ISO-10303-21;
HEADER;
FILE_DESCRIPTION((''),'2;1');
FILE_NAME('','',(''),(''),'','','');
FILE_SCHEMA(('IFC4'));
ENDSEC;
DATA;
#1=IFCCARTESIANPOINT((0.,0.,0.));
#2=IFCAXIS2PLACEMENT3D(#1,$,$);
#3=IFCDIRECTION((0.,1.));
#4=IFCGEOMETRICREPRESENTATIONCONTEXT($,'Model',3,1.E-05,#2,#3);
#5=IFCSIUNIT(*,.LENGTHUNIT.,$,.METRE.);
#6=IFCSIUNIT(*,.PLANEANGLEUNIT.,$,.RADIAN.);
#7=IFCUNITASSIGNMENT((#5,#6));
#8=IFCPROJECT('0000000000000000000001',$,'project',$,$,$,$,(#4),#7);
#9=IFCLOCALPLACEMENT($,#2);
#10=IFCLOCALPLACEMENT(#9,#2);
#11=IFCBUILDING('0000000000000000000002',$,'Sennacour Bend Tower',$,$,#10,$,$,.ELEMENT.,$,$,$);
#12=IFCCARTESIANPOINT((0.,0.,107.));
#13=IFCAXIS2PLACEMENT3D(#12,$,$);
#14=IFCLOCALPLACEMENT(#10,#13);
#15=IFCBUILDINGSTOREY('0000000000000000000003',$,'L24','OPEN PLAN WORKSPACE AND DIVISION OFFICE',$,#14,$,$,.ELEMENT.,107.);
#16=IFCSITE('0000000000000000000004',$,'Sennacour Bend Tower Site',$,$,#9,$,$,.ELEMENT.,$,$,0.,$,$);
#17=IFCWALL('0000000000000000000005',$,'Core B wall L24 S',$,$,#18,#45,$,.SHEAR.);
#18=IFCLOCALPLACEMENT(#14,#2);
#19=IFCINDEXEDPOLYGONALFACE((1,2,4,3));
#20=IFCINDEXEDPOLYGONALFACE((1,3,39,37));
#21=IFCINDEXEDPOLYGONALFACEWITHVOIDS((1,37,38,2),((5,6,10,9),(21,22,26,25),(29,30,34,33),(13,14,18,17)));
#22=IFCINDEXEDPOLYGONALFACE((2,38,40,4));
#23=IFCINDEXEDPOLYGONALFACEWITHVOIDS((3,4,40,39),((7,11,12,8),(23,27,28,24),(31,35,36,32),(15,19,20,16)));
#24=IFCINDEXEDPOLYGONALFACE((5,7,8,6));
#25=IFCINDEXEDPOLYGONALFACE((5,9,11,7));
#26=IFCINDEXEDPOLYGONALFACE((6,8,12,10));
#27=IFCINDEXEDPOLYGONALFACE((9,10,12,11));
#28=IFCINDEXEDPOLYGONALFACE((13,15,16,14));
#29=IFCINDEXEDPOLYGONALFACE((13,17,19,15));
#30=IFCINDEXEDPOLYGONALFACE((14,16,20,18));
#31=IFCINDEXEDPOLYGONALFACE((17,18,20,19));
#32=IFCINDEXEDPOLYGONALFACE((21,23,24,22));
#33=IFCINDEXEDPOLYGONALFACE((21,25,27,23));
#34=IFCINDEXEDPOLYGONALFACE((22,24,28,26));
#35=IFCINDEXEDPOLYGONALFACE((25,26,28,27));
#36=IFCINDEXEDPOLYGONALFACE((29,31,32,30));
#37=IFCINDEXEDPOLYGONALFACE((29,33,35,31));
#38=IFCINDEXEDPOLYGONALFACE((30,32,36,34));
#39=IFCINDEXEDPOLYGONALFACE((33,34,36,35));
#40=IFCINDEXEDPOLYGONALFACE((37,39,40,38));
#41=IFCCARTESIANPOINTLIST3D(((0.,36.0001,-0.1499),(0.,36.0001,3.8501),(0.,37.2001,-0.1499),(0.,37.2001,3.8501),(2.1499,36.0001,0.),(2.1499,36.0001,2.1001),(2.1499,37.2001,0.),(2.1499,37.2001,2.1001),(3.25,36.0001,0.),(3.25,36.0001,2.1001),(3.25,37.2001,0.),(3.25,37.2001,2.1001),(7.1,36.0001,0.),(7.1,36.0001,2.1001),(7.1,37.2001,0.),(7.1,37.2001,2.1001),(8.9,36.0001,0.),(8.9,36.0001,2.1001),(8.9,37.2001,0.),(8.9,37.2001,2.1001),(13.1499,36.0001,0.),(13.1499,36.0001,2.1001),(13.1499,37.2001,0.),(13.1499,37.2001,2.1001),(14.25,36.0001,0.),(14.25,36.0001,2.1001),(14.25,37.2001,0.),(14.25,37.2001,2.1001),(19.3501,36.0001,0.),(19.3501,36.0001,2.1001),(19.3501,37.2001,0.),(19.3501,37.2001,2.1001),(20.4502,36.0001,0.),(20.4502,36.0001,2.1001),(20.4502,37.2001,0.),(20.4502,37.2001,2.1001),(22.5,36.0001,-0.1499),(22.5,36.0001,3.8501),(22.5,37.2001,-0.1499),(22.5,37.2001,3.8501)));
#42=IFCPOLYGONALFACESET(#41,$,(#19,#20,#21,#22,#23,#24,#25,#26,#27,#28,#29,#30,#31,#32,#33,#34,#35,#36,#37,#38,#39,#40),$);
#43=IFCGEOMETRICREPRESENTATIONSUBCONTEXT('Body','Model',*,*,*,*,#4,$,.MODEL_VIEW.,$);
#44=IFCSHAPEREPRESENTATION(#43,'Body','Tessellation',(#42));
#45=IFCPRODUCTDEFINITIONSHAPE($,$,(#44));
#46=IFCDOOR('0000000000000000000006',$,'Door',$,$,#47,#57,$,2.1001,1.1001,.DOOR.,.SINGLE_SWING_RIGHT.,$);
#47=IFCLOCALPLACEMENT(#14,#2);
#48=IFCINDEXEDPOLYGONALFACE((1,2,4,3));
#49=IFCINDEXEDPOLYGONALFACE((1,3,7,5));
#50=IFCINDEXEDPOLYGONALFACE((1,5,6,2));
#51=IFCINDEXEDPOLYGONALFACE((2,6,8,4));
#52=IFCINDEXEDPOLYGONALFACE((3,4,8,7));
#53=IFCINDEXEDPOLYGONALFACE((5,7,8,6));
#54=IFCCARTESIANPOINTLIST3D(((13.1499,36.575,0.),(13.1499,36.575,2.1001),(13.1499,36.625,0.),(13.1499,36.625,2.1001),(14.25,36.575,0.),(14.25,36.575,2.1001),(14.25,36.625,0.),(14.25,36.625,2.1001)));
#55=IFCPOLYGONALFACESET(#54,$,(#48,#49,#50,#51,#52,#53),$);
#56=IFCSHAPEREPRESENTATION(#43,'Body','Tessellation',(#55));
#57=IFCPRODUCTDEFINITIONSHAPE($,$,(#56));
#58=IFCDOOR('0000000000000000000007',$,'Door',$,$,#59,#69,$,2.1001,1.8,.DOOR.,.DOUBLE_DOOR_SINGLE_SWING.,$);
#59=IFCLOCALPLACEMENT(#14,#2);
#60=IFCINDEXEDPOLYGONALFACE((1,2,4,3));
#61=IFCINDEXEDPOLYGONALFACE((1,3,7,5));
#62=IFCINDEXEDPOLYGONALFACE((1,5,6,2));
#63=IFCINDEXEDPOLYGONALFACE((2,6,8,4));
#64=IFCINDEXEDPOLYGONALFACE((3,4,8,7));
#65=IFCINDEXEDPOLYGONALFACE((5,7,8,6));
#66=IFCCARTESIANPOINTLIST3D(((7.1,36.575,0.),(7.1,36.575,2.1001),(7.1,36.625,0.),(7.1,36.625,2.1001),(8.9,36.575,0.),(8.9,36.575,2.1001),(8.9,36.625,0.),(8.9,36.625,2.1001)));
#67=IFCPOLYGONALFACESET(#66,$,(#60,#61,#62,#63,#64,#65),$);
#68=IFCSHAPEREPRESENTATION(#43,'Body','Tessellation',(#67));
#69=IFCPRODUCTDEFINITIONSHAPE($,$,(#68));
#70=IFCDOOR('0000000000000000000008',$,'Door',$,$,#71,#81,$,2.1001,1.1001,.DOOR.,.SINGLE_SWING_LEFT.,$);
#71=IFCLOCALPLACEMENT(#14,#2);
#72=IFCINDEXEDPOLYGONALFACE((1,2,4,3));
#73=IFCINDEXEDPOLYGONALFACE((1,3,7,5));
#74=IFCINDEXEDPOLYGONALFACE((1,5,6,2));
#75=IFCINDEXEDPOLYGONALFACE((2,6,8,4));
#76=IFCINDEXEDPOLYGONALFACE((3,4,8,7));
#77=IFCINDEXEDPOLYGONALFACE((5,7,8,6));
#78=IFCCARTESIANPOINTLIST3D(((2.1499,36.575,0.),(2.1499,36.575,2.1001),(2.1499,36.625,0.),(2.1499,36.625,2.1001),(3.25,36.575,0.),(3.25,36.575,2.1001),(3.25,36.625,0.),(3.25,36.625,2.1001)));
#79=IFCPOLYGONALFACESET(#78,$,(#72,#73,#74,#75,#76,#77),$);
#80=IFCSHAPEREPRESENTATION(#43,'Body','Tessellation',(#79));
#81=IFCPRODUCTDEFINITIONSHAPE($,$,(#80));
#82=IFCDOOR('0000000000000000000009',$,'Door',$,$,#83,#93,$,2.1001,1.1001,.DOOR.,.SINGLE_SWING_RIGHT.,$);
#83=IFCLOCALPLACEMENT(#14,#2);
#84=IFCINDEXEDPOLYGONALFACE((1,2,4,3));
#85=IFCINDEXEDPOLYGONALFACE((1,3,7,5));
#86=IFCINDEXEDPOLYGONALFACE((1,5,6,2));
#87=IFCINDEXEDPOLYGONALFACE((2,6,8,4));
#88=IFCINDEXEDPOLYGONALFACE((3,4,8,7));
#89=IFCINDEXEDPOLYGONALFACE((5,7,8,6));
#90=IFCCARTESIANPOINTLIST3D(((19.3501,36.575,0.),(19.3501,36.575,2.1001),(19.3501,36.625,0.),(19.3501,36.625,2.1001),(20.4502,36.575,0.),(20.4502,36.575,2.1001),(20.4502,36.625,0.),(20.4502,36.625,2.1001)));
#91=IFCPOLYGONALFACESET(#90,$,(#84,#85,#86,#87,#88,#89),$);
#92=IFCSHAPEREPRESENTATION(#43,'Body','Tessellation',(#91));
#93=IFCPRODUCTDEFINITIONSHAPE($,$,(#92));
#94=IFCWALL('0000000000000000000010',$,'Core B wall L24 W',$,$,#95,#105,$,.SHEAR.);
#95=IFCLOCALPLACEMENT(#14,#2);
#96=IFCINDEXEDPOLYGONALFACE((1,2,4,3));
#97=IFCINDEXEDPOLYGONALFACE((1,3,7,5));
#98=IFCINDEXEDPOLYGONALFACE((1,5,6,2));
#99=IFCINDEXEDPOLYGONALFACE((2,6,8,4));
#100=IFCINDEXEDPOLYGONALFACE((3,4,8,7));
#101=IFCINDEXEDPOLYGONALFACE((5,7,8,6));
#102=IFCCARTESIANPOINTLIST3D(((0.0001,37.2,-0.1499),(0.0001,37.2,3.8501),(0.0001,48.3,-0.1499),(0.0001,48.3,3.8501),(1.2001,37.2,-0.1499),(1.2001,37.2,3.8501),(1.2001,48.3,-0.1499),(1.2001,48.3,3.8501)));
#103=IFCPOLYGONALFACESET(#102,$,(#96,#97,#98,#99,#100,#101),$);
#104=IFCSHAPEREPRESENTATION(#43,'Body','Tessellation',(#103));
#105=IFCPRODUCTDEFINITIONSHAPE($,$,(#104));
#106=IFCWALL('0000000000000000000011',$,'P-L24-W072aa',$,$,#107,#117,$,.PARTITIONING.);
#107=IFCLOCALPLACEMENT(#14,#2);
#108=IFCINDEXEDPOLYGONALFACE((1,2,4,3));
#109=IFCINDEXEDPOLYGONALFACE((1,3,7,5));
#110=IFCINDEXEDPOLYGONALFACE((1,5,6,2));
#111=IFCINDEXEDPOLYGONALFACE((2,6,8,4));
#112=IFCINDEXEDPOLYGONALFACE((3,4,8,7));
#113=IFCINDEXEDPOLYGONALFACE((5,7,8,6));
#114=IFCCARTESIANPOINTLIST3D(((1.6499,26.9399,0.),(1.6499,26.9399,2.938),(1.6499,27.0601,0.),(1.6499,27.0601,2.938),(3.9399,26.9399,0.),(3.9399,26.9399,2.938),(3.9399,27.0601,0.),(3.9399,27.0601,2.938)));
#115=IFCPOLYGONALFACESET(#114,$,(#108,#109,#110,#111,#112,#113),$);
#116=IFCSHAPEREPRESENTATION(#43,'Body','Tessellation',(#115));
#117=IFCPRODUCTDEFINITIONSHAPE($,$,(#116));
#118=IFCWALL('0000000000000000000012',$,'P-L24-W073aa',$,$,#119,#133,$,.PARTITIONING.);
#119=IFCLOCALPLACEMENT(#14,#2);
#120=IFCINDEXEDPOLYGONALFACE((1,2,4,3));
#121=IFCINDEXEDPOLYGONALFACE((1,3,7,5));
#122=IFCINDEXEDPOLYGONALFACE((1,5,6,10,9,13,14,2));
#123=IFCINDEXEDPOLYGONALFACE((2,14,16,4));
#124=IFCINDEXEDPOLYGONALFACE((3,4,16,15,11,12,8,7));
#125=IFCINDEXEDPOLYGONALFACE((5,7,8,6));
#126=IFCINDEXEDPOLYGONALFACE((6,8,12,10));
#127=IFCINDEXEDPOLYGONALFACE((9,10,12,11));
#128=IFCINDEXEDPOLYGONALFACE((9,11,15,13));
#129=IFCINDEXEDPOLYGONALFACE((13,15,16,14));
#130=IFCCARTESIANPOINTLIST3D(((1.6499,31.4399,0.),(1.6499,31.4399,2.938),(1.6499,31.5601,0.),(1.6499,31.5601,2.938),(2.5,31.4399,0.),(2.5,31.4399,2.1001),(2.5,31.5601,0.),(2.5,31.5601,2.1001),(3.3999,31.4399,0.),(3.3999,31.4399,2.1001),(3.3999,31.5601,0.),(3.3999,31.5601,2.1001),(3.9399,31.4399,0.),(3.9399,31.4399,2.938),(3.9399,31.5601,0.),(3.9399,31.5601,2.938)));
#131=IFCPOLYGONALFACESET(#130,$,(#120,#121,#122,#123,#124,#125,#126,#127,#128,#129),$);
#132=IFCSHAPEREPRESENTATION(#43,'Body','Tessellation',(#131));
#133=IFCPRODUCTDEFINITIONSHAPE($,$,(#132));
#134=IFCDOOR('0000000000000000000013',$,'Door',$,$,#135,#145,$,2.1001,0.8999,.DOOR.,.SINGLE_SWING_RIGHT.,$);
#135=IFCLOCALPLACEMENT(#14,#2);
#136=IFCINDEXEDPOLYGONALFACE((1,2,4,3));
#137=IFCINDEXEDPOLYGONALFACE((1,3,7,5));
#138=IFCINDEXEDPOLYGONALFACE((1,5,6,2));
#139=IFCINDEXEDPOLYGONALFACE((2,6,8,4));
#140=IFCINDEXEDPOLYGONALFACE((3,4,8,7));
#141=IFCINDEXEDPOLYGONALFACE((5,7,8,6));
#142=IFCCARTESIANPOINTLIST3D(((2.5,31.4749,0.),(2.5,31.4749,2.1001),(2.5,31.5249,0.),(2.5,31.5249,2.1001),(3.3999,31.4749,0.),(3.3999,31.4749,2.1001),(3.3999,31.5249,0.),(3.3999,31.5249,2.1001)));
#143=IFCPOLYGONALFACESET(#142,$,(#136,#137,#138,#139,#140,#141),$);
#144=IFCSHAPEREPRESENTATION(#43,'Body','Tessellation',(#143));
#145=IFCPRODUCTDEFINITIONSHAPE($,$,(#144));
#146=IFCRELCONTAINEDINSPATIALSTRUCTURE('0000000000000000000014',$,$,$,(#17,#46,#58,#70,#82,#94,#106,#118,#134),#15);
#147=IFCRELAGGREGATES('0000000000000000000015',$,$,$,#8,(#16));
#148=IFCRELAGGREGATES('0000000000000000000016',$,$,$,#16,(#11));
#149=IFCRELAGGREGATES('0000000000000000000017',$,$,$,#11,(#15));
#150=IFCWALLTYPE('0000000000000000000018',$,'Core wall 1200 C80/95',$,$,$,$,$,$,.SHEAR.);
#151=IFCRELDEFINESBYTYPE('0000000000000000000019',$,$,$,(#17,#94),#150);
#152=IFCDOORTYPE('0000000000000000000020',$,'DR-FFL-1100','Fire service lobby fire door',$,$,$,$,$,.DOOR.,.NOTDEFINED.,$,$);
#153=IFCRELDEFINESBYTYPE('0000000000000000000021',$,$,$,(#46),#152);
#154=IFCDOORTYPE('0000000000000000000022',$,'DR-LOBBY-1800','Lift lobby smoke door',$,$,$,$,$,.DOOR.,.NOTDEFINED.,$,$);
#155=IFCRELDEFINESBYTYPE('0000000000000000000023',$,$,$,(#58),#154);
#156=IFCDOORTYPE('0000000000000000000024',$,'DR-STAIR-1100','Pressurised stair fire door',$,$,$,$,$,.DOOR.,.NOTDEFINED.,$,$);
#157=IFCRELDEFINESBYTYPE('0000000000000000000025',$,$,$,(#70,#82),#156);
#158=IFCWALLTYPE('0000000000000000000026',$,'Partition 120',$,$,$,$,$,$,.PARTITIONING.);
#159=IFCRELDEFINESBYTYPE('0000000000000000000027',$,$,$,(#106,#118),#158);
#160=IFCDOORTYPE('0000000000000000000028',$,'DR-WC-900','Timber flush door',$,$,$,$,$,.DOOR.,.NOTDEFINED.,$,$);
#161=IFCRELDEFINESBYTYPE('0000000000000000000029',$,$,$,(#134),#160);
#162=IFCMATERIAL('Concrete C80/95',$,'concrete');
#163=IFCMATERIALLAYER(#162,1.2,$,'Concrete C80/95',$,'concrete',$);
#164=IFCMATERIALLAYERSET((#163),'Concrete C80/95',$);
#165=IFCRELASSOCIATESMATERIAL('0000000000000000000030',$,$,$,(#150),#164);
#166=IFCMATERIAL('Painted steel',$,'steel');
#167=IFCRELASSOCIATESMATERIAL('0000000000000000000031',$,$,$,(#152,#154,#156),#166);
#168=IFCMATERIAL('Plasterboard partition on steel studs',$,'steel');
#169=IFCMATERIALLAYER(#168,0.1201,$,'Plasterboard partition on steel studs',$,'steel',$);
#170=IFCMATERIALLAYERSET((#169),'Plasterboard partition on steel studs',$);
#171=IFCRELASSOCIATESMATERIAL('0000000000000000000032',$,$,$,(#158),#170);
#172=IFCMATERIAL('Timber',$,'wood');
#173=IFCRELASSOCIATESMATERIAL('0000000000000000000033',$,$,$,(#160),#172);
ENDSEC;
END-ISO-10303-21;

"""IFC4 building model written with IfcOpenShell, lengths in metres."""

from ifc_helpers import new_model, si_unit, direction, frame, frame_2d, origin, place, context, subcontext, project, spatial, rectangle, extrude, material, layer, layer_set, type_object, element, fill, save


model = new_model("IFC4")

# Units and contexts
model_context = context("Model", 3, precision=1e-05, world=origin(), true_north=direction((0.0, 1.0)))
body_context = subcontext(model_context, "Body", "Model", "MODEL_VIEW")
ifc_project = project(units=[si_unit("LENGTHUNIT", "METRE"), si_unit("PLANEANGLEUNIT", "RADIAN")], contexts=[model_context])

# Site, building, storey
site_placement = place(None, origin())
site = spatial("IfcSite", under=ifc_project, at=site_placement, Name="Sennacour Bend Tower Site", CompositionType="ELEMENT", RefElevation=0.0)
building_placement = place(site_placement, origin())
building = spatial("IfcBuilding", under=site, at=building_placement, Name="Sennacour Bend Tower", CompositionType="ELEMENT")
storey_placement = place(building_placement, frame((0.0, 0.0, 107.0)))
storey = spatial("IfcBuildingStorey", under=building, at=storey_placement, Name="L24", Description="OPEN PLAN WORKSPACE AND DIVISION OFFICE", CompositionType="ELEMENT", Elevation=107.0)

# Wall, openings, doors
ifc_material_1 = material(Name="Concrete C80/95", Category="concrete")
ifc_layer_1 = layer(ifc_material_1, 1.2, Name="Concrete C80/95", Category="concrete")
ifc_layer_set_1 = layer_set([ifc_layer_1], Name="Concrete C80/95")
wall_type_1 = type_object("IfcWallType", Name="Core wall 1200 C80/95", PredefinedType="SHEAR", material=ifc_layer_set_1)
wall_1_placement = place(storey_placement, frame((0.0, 36.6001, -0.1499), z_axis=(0.0, 0.0, 1.0), x_axis=(1.0, 0.0, 0.0)))
wall_1 = element("IfcWall", 1, at=wall_1_placement, inside=storey, type_object=wall_type_1, Name="Core B wall L24 S", PredefinedType="SHEAR", context=body_context, shape_type="SweptSolid", body=[
    extrude(rectangle(XDim=22.5, YDim=1.2, at=frame_2d((11.25, 0.0))), origin(), (0.0, 0.0, 1.0), 4.0),
])
opening_1_placement = place(wall_1_placement, frame((7.1001, 0.0, 0.1499)))
opening_1 = element("IfcOpeningElement", 2, at=opening_1_placement, cuts=wall_1, PredefinedType="OPENING", context=body_context, shape_type="SweptSolid", body=[
    extrude(rectangle(XDim=1.8, YDim=2.1001, at=frame_2d((0.8999, 1.05))), frame((0.0, 0.6099, 0.0), z_axis=(0.0, -1.0, 0.0), x_axis=(1.0, 0.0, 0.0)), (0.0, 0.0, 1.0), 1.22),
])
opening_2_placement = place(wall_1_placement, frame((13.1499, 0.0, 0.1499)))
opening_2 = element("IfcOpeningElement", 3, at=opening_2_placement, cuts=wall_1, PredefinedType="OPENING", context=body_context, shape_type="SweptSolid", body=[
    extrude(rectangle(XDim=1.1001, YDim=2.1001, at=frame_2d((0.55, 1.05))), frame((0.0, 0.6099, 0.0), z_axis=(0.0, -1.0, 0.0), x_axis=(1.0, 0.0, 0.0)), (0.0, 0.0, 1.0), 1.22),
])
opening_3_placement = place(wall_1_placement, frame((2.1499, 0.0, 0.1499)))
opening_3 = element("IfcOpeningElement", 4, at=opening_3_placement, cuts=wall_1, PredefinedType="OPENING", context=body_context, shape_type="SweptSolid", body=[
    extrude(rectangle(XDim=1.1001, YDim=2.1001, at=frame_2d((0.55, 1.05))), frame((0.0, 0.6099, 0.0), z_axis=(0.0, -1.0, 0.0), x_axis=(1.0, 0.0, 0.0)), (0.0, 0.0, 1.0), 1.22),
])
opening_4_placement = place(wall_1_placement, frame((19.3501, 0.0, 0.1499)))
opening_4 = element("IfcOpeningElement", 5, at=opening_4_placement, cuts=wall_1, PredefinedType="OPENING", context=body_context, shape_type="SweptSolid", body=[
    extrude(rectangle(XDim=1.1001, YDim=2.1001, at=frame_2d((0.55, 1.05))), frame((0.0, 0.6099, 0.0), z_axis=(0.0, -1.0, 0.0), x_axis=(1.0, 0.0, 0.0)), (0.0, 0.0, 1.0), 1.22),
])
ifc_material_2 = material(Name="Painted steel", Category="steel")
door_type_1 = type_object("IfcDoorType", Name="DR-FFL-1100", Description="Fire service lobby fire door", OperationType="NOTDEFINED", PredefinedType="DOOR", material=ifc_material_2)
door_1_placement = place(opening_2_placement, origin())
door_1 = element("IfcDoor", 6, at=door_1_placement, inside=storey, type_object=door_type_1, Name="Door", OperationType="SINGLE_SWING_RIGHT", OverallHeight=2.1001, OverallWidth=1.1001, PredefinedType="DOOR", context=body_context, shape_type="SweptSolid", body=[
    extrude(rectangle(XDim=1.1001, YDim=2.1001, at=frame_2d((0.55, 1.05))), frame((0.0, 0.0249, 0.0), z_axis=(0.0, -1.0, 0.0), x_axis=(1.0, 0.0, 0.0)), (0.0, 0.0, 1.0), 0.05),
])
fill(opening_2, door_1)
door_type_2 = type_object("IfcDoorType", Name="DR-LOBBY-1800", Description="Lift lobby smoke door", OperationType="NOTDEFINED", PredefinedType="DOOR", material=ifc_material_2)
door_2_placement = place(opening_1_placement, origin())
door_2 = element("IfcDoor", 7, at=door_2_placement, inside=storey, type_object=door_type_2, Name="Door", OperationType="DOUBLE_DOOR_SINGLE_SWING", OverallHeight=2.1001, OverallWidth=1.8, PredefinedType="DOOR", context=body_context, shape_type="SweptSolid", body=[
    extrude(rectangle(XDim=1.8, YDim=2.1001, at=frame_2d((0.8999, 1.05))), frame((0.0, 0.0249, 0.0), z_axis=(0.0, -1.0, 0.0), x_axis=(1.0, 0.0, 0.0)), (0.0, 0.0, 1.0), 0.05),
])
fill(opening_1, door_2)
door_type_3 = type_object("IfcDoorType", Name="DR-STAIR-1100", Description="Pressurised stair fire door", OperationType="NOTDEFINED", PredefinedType="DOOR", material=ifc_material_2)
door_3_placement = place(opening_3_placement, origin())
door_3 = element("IfcDoor", 8, at=door_3_placement, inside=storey, type_object=door_type_3, Name="Door", OperationType="SINGLE_SWING_LEFT", OverallHeight=2.1001, OverallWidth=1.1001, PredefinedType="DOOR", context=body_context, shape_type="SweptSolid", body=[
    extrude(rectangle(XDim=1.1001, YDim=2.1001, at=frame_2d((0.55, 1.05))), frame((0.0, 0.0249, 0.0), z_axis=(0.0, -1.0, 0.0), x_axis=(1.0, 0.0, 0.0)), (0.0, 0.0, 1.0), 0.05),
])
fill(opening_3, door_3)
door_4_placement = place(opening_4_placement, origin())
door_4 = element("IfcDoor", 9, at=door_4_placement, inside=storey, type_object=door_type_3, Name="Door", OperationType="SINGLE_SWING_RIGHT", OverallHeight=2.1001, OverallWidth=1.1001, PredefinedType="DOOR", context=body_context, shape_type="SweptSolid", body=[
    extrude(rectangle(XDim=1.1001, YDim=2.1001, at=frame_2d((0.55, 1.05))), frame((0.0, 0.0249, 0.0), z_axis=(0.0, -1.0, 0.0), x_axis=(1.0, 0.0, 0.0)), (0.0, 0.0, 1.0), 0.05),
])
fill(opening_4, door_4)

# Walls
wall_2_placement = place(storey_placement, frame((0.6001, 37.2, -0.1499), z_axis=(0.0, 0.0, 1.0), x_axis=(0.0, 1.0, 0.0)))
element("IfcWall", 10, at=wall_2_placement, inside=storey, type_object=wall_type_1, Name="Core B wall L24 W", PredefinedType="SHEAR", context=body_context, shape_type="SweptSolid", body=[
    extrude(rectangle(XDim=11.1001, YDim=1.2, at=frame_2d((5.55, 0.0))), origin(), (0.0, 0.0, 1.0), 4.0),
])
ifc_material_3 = material(Name="Plasterboard partition on steel studs", Category="steel")
ifc_layer_2 = layer(ifc_material_3, 0.1201, Name="Plasterboard partition on steel studs", Category="steel")
ifc_layer_set_2 = layer_set([ifc_layer_2], Name="Plasterboard partition on steel studs")
wall_type_2 = type_object("IfcWallType", Name="Partition 120", PredefinedType="PARTITIONING", material=ifc_layer_set_2)
wall_3_placement = place(storey_placement, frame((1.6499, 27.0, 0.0), z_axis=(0.0, 0.0, 1.0), x_axis=(1.0, 0.0, 0.0)))
element("IfcWall", 11, at=wall_3_placement, inside=storey, type_object=wall_type_2, Name="P-L24-W072aa", PredefinedType="PARTITIONING", context=body_context, shape_type="SweptSolid", body=[
    extrude(rectangle(XDim=2.29, YDim=0.1201, at=frame_2d((1.145, 0.0))), origin(), (0.0, 0.0, 1.0), 2.938),
])

# Wall, opening, door
wall_4_placement = place(storey_placement, frame((1.6499, 31.5, 0.0), z_axis=(0.0, 0.0, 1.0), x_axis=(1.0, 0.0, 0.0)))
wall_4 = element("IfcWall", 12, at=wall_4_placement, inside=storey, type_object=wall_type_2, Name="P-L24-W073aa", PredefinedType="PARTITIONING", context=body_context, shape_type="SweptSolid", body=[
    extrude(rectangle(XDim=2.29, YDim=0.1201, at=frame_2d((1.145, 0.0))), origin(), (0.0, 0.0, 1.0), 2.938),
])
opening_5_placement = place(wall_4_placement, frame((0.8501, 0.0, 0.0)))
opening_5 = element("IfcOpeningElement", 13, at=opening_5_placement, cuts=wall_4, PredefinedType="OPENING", context=body_context, shape_type="SweptSolid", body=[
    extrude(rectangle(XDim=0.8999, YDim=2.1001, at=frame_2d((0.45, 1.05))), frame((0.0, 0.0701, 0.0), z_axis=(0.0, -1.0, 0.0), x_axis=(1.0, 0.0, 0.0)), (0.0, 0.0, 1.0), 0.1401),
])
ifc_material_4 = material(Name="Timber", Category="wood")
door_type_4 = type_object("IfcDoorType", Name="DR-WC-900", Description="Timber flush door", OperationType="NOTDEFINED", PredefinedType="DOOR", material=ifc_material_4)
door_5_placement = place(opening_5_placement, origin())
door_5 = element("IfcDoor", 14, at=door_5_placement, inside=storey, type_object=door_type_4, Name="Door", OperationType="SINGLE_SWING_RIGHT", OverallHeight=2.1001, OverallWidth=0.8999, PredefinedType="DOOR", context=body_context, shape_type="SweptSolid", body=[
    extrude(rectangle(XDim=0.8999, YDim=2.1001, at=frame_2d((0.45, 1.05))), frame((0.0, 0.0249, 0.0), z_axis=(0.0, -1.0, 0.0), x_axis=(1.0, 0.0, 0.0)), (0.0, 0.0, 1.0), 0.05),
])
fill(opening_5, door_5)

save(model, "model.ifc")
